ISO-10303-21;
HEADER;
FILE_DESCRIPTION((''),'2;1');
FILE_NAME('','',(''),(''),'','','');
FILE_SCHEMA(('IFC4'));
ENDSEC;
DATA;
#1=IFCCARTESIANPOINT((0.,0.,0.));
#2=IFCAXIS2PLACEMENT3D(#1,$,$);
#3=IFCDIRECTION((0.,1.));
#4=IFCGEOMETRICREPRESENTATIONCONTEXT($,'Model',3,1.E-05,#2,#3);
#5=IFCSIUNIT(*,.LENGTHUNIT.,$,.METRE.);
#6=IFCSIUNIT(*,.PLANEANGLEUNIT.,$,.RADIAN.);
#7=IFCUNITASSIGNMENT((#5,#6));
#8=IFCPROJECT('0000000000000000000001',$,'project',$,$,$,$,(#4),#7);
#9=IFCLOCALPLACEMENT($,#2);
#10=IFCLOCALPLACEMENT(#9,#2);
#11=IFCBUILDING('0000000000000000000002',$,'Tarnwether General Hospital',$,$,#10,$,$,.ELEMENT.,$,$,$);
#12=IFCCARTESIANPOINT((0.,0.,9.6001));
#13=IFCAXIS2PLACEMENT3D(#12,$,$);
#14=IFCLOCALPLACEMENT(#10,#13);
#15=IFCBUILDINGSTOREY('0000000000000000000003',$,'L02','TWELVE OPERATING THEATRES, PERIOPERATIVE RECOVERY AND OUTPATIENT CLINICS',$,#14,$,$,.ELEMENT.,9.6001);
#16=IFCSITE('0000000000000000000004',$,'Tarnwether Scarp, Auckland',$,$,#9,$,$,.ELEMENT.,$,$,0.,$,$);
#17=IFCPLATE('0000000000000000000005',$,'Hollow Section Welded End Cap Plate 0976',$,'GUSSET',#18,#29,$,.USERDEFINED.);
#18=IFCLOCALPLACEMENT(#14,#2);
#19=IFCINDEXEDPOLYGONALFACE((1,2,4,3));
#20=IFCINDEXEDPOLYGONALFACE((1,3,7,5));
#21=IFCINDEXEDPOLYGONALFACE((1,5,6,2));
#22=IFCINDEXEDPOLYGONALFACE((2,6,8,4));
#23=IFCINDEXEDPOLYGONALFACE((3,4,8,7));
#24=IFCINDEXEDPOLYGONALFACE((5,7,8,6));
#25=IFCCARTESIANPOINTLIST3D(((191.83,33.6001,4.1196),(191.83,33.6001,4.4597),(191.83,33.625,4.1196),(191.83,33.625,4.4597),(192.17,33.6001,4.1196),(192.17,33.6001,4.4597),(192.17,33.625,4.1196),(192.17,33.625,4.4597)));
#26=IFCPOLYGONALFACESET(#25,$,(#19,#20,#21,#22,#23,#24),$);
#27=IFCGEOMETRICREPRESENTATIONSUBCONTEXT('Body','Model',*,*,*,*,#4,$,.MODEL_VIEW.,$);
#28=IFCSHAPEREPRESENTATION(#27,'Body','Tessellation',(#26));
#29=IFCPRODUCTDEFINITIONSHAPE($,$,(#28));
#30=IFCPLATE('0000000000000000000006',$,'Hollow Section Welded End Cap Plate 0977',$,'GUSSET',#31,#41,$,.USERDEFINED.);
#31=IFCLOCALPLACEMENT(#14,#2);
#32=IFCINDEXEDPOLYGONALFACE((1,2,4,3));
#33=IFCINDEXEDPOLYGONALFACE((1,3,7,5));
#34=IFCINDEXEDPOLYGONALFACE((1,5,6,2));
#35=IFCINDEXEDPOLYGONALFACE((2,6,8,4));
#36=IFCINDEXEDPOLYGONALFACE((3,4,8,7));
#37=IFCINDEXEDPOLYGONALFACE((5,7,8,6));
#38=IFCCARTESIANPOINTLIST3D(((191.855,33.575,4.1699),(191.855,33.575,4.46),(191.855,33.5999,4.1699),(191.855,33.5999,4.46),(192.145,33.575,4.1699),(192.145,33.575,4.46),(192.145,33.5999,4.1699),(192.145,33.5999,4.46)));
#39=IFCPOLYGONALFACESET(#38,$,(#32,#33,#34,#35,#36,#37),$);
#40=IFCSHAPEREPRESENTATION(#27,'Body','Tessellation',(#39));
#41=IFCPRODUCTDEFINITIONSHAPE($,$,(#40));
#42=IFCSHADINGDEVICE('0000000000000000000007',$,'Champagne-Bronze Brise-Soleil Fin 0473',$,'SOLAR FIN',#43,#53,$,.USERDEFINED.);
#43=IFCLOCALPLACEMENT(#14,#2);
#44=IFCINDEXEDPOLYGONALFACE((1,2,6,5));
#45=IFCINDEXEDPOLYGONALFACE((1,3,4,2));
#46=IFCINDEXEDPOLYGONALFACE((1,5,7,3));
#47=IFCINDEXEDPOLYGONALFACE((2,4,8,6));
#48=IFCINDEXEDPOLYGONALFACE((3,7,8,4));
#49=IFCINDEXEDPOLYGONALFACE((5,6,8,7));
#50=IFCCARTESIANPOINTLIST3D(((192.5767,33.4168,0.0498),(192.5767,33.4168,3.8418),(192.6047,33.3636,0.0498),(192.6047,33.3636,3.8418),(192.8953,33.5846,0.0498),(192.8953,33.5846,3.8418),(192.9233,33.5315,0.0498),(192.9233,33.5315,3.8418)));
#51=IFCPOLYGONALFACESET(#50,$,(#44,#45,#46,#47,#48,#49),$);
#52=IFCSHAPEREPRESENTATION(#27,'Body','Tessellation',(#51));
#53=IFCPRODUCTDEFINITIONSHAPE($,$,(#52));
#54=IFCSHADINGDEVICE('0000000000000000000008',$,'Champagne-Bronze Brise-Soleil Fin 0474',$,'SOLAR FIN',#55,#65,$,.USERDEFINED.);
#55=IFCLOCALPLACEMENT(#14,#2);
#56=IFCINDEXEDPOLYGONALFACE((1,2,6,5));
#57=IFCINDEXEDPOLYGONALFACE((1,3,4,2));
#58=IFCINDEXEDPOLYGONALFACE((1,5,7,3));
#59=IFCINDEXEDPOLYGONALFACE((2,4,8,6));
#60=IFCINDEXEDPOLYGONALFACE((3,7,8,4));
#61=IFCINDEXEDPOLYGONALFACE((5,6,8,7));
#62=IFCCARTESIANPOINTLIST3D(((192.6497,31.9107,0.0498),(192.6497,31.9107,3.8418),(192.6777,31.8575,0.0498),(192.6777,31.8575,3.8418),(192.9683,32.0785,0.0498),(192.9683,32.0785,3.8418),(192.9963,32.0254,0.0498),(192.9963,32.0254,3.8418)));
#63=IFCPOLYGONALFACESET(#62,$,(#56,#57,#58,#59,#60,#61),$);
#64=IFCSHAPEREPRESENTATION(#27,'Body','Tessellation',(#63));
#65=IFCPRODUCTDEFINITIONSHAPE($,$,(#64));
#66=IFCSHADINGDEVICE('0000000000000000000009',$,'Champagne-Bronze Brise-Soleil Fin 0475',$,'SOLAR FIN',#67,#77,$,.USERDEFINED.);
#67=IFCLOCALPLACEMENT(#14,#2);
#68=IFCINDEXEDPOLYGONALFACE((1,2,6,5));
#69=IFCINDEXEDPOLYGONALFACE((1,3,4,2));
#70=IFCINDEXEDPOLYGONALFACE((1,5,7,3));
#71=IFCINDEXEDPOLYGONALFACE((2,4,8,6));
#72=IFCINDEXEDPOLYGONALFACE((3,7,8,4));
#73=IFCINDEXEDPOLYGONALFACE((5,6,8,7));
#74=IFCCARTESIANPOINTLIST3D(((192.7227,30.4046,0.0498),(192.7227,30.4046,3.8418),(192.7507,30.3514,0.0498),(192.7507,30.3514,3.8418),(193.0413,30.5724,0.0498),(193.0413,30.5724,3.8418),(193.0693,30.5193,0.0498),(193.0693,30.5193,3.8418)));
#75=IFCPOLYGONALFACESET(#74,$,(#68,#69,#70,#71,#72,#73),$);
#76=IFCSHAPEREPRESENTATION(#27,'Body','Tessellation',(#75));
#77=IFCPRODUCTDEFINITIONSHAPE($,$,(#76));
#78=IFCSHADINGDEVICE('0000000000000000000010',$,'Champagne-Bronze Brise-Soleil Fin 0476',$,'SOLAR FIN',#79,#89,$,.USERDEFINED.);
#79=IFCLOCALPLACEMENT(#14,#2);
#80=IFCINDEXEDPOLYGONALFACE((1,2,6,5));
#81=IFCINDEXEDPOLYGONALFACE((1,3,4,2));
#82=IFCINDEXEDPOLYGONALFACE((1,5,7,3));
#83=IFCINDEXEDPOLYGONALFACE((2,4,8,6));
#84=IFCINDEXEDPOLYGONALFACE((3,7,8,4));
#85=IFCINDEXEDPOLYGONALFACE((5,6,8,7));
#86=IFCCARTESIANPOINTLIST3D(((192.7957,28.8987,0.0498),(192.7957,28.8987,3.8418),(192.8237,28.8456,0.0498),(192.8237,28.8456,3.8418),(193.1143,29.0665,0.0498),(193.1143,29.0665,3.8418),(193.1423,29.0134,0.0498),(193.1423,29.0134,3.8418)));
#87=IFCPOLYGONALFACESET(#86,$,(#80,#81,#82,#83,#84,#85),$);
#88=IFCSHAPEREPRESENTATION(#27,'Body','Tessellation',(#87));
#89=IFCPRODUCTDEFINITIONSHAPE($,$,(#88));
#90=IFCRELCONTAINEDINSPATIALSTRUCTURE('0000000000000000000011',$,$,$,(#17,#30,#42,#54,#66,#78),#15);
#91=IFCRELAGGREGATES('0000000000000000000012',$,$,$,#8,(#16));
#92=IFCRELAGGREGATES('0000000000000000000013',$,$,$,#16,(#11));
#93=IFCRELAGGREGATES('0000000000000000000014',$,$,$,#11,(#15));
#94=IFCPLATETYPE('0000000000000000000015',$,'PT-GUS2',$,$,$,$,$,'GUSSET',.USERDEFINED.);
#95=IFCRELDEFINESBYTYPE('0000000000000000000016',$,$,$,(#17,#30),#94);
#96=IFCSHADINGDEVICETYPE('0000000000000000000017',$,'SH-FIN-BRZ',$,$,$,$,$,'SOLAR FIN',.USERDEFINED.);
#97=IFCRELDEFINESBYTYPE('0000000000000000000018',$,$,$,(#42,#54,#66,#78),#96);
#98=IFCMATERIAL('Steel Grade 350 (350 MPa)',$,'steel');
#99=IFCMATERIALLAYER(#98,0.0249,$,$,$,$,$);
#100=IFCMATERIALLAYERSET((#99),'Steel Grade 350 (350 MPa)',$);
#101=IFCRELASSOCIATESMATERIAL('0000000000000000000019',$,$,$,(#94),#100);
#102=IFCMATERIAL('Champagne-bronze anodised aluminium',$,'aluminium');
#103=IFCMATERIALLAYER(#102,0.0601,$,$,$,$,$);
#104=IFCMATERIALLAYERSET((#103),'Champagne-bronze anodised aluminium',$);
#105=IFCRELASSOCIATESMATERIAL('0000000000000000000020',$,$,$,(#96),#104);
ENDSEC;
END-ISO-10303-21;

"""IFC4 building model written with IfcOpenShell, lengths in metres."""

from ifc_helpers import new_model, si_unit, direction, frame, origin, origin_2d, place, context, subcontext, project, spatial, rectangle, extrude, material, layer, layer_set, type_object, element, save


model = new_model("IFC4")

# Units and contexts
model_context = context("Model", 3, precision=1e-05, world=origin(), true_north=direction((0.0, 1.0)))
body_context = subcontext(model_context, "Body", "Model", "MODEL_VIEW")
ifc_project = project(units=[si_unit("LENGTHUNIT", "METRE"), si_unit("PLANEANGLEUNIT", "RADIAN")], contexts=[model_context])

# Site, building, storey
site_placement = place(None, origin())
site = spatial("IfcSite", under=ifc_project, at=site_placement, Name="Tarnwether Scarp, Auckland", CompositionType="ELEMENT", RefElevation=0.0)
building_placement = place(site_placement, origin())
building = spatial("IfcBuilding", under=site, at=building_placement, Name="Tarnwether General Hospital", CompositionType="ELEMENT")
storey_placement = place(building_placement, frame((0.0, 0.0, 9.6001)))
storey = spatial("IfcBuildingStorey", under=building, at=storey_placement, Name="L02", Description="TWELVE OPERATING THEATRES, PERIOPERATIVE RECOVERY AND OUTPATIENT CLINICS", CompositionType="ELEMENT", Elevation=9.6001)

# Plates
ifc_material_1 = material(Name="Steel Grade 350 (350 MPa)", Category="steel")
ifc_layer_1 = layer(ifc_material_1, 0.0249)
ifc_layer_set_1 = layer_set([ifc_layer_1], Name="Steel Grade 350 (350 MPa)")
plate_type_1 = type_object("IfcPlateType", Name="PT-GUS2", ElementType="GUSSET", PredefinedType="USERDEFINED", material=ifc_layer_set_1)
plate_1_placement = place(storey_placement, frame((192.0, 33.6125, 4.1196), z_axis=(0.0, 0.0, 1.0), x_axis=(0.0, 1.0, 0.0)))
element("IfcPlate", 1, at=plate_1_placement, inside=storey, type_object=plate_type_1, Name="Hollow Section Welded End Cap Plate 0976", ObjectType="GUSSET", PredefinedType="USERDEFINED", context=body_context, shape_type="SweptSolid", body=[
    extrude(rectangle(XDim=0.0249, YDim=0.3401, at=origin_2d()), origin(), (0.0, 0.0, 1.0), 0.3401),
])
plate_2_placement = place(storey_placement, frame((192.0, 33.5874, 4.1699), z_axis=(0.0, 0.0, 1.0), x_axis=(0.0, 1.0, 0.0)))
element("IfcPlate", 2, at=plate_2_placement, inside=storey, type_object=plate_type_1, Name="Hollow Section Welded End Cap Plate 0977", ObjectType="GUSSET", PredefinedType="USERDEFINED", context=body_context, shape_type="SweptSolid", body=[
    extrude(rectangle(XDim=0.0249, YDim=0.29, at=origin_2d()), origin(), (0.0, 0.0, 1.0), 0.29),
])

# Shading devices
ifc_material_2 = material(Name="Champagne-bronze anodised aluminium", Category="aluminium")
ifc_layer_2 = layer(ifc_material_2, 0.0601)
ifc_layer_set_2 = layer_set([ifc_layer_2], Name="Champagne-bronze anodised aluminium")
shading_device_type = type_object("IfcShadingDeviceType", Name="SH-FIN-BRZ", ElementType="SOLAR FIN", PredefinedType="USERDEFINED", material=ifc_layer_set_2)
for number, where, z_axis, x_axis, name in (
    (3, (192.75, 33.4741, 0.0498), (0.0, 0.0, 1.0), (0.466078, -0.884744, 0.0), "Champagne-Bronze Brise-Soleil Fin 0473"),
    (4, (192.823, 31.968, 0.0498), (0.0, 0.0, 1.0), (0.466078, -0.884744, 0.0), "Champagne-Bronze Brise-Soleil Fin 0474"),
    (5, (192.896, 30.4619, 0.0498), (0.0, 0.0, 1.0), (0.466078, -0.884744, 0.0), "Champagne-Bronze Brise-Soleil Fin 0475"),
    (6, (192.969, 28.9561, 0.0498), (0.0, 0.0, 1.0), (0.466078, -0.884744, 0.0), "Champagne-Bronze Brise-Soleil Fin 0476"),
):
    element("IfcShadingDevice", number, at=place(storey_placement, frame(where, z_axis=z_axis, x_axis=x_axis)), inside=storey, type_object=shading_device_type, Name=name, ObjectType="SOLAR FIN", PredefinedType="USERDEFINED", context=body_context, shape_type="SweptSolid", body=[
        extrude(rectangle(XDim=0.0601, YDim=0.3601, at=origin_2d()), origin(), (0.0, 0.0, 1.0), 3.792),
    ])

save(model, "model.ifc")
